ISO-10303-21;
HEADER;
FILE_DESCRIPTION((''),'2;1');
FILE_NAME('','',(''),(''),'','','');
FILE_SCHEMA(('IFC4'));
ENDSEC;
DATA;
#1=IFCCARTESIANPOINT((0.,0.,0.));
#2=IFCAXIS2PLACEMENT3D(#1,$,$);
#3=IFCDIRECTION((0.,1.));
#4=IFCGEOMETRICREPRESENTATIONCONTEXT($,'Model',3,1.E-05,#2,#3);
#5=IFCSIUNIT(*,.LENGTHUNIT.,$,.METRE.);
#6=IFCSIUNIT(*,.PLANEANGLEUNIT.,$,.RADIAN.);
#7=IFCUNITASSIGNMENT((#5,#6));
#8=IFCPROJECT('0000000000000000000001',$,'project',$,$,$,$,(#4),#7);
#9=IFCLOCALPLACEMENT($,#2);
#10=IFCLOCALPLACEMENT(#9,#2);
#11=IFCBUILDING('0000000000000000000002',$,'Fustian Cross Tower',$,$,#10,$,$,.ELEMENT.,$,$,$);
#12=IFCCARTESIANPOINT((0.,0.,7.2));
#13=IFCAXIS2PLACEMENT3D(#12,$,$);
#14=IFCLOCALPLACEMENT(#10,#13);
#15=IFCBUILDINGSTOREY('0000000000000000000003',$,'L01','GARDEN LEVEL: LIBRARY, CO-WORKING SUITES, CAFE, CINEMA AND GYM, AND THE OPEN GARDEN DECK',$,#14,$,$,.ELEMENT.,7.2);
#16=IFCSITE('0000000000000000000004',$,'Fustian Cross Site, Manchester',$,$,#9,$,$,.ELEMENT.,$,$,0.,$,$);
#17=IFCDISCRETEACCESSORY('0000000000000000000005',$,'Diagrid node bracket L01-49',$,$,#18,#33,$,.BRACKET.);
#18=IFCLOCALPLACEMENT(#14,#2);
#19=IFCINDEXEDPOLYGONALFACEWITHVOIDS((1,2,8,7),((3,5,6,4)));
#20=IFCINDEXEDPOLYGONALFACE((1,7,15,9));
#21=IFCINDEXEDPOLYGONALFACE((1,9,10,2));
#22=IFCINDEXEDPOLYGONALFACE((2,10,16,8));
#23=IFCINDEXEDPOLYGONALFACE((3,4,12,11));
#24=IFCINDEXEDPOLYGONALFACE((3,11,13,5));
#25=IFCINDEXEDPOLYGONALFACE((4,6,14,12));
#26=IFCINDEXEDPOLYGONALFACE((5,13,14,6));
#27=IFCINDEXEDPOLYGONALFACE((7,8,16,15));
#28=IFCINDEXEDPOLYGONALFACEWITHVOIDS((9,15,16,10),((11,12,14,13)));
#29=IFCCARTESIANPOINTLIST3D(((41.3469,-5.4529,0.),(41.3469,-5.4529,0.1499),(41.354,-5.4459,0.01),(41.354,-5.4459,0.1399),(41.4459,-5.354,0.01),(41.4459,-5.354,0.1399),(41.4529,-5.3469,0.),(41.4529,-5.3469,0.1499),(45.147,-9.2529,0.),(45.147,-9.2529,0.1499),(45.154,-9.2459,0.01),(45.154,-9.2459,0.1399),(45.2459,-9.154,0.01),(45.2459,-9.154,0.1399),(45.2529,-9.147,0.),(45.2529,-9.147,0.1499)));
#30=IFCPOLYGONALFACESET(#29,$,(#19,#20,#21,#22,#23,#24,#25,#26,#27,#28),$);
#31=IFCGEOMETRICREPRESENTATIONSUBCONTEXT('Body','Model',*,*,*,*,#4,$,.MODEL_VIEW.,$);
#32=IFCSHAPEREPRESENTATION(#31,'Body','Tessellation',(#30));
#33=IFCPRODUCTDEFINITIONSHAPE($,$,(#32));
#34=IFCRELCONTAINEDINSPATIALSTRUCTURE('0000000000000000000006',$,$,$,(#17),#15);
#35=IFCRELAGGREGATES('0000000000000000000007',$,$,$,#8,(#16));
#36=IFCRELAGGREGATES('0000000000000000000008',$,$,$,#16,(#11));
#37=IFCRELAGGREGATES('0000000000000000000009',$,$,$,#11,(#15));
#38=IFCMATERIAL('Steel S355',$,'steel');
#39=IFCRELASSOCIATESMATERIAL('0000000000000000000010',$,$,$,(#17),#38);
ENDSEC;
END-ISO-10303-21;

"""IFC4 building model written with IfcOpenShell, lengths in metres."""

from ifc_helpers import new_model, si_unit, direction, frame, origin, origin_2d, place, context, subcontext, project, spatial, hollow_rectangle, extrude, material, element, save


model = new_model("IFC4")

# Units and contexts
model_context = context("Model", 3, precision=1e-05, world=origin(), true_north=direction((0.0, 1.0)))
body_context = subcontext(model_context, "Body", "Model", "MODEL_VIEW")
ifc_project = project(units=[si_unit("LENGTHUNIT", "METRE"), si_unit("PLANEANGLEUNIT", "RADIAN")], contexts=[model_context])

# Site, building, storey
site_placement = place(None, origin())
site = spatial("IfcSite", under=ifc_project, at=site_placement, Name="Fustian Cross Site, Manchester", CompositionType="ELEMENT", RefElevation=0.0)
building_placement = place(site_placement, origin())
building = spatial("IfcBuilding", under=site, at=building_placement, Name="Fustian Cross Tower", CompositionType="ELEMENT")
storey_placement = place(building_placement, frame((0.0, 0.0, 7.2)))
storey = spatial("IfcBuildingStorey", under=building, at=storey_placement, Name="L01", Description="GARDEN LEVEL: LIBRARY, CO-WORKING SUITES, CAFE, CINEMA AND GYM, AND THE OPEN GARDEN DECK", CompositionType="ELEMENT", Elevation=7.2)

# Discrete accessory
ifc_material_1 = material(Name="Steel S355", Category="steel")
discrete_accessory_placement = place(storey_placement, frame((45.2, -9.2, 0.075), z_axis=(-0.707107, 0.707107, 0.0), x_axis=(-0.707107, -0.707107, 0.0)))
element("IfcDiscreteAccessory", 1, at=discrete_accessory_placement, inside=storey, material=ifc_material_1, Name="Diagrid node bracket L01-49", PredefinedType="BRACKET", context=body_context, shape_type="SweptSolid", body=[
    extrude(hollow_rectangle(XDim=0.1499, YDim=0.1499, WallThickness=0.01, at=origin_2d()), origin(), (0.0, 0.0, 1.0), 5.374),
])

save(model, "model.ifc")
